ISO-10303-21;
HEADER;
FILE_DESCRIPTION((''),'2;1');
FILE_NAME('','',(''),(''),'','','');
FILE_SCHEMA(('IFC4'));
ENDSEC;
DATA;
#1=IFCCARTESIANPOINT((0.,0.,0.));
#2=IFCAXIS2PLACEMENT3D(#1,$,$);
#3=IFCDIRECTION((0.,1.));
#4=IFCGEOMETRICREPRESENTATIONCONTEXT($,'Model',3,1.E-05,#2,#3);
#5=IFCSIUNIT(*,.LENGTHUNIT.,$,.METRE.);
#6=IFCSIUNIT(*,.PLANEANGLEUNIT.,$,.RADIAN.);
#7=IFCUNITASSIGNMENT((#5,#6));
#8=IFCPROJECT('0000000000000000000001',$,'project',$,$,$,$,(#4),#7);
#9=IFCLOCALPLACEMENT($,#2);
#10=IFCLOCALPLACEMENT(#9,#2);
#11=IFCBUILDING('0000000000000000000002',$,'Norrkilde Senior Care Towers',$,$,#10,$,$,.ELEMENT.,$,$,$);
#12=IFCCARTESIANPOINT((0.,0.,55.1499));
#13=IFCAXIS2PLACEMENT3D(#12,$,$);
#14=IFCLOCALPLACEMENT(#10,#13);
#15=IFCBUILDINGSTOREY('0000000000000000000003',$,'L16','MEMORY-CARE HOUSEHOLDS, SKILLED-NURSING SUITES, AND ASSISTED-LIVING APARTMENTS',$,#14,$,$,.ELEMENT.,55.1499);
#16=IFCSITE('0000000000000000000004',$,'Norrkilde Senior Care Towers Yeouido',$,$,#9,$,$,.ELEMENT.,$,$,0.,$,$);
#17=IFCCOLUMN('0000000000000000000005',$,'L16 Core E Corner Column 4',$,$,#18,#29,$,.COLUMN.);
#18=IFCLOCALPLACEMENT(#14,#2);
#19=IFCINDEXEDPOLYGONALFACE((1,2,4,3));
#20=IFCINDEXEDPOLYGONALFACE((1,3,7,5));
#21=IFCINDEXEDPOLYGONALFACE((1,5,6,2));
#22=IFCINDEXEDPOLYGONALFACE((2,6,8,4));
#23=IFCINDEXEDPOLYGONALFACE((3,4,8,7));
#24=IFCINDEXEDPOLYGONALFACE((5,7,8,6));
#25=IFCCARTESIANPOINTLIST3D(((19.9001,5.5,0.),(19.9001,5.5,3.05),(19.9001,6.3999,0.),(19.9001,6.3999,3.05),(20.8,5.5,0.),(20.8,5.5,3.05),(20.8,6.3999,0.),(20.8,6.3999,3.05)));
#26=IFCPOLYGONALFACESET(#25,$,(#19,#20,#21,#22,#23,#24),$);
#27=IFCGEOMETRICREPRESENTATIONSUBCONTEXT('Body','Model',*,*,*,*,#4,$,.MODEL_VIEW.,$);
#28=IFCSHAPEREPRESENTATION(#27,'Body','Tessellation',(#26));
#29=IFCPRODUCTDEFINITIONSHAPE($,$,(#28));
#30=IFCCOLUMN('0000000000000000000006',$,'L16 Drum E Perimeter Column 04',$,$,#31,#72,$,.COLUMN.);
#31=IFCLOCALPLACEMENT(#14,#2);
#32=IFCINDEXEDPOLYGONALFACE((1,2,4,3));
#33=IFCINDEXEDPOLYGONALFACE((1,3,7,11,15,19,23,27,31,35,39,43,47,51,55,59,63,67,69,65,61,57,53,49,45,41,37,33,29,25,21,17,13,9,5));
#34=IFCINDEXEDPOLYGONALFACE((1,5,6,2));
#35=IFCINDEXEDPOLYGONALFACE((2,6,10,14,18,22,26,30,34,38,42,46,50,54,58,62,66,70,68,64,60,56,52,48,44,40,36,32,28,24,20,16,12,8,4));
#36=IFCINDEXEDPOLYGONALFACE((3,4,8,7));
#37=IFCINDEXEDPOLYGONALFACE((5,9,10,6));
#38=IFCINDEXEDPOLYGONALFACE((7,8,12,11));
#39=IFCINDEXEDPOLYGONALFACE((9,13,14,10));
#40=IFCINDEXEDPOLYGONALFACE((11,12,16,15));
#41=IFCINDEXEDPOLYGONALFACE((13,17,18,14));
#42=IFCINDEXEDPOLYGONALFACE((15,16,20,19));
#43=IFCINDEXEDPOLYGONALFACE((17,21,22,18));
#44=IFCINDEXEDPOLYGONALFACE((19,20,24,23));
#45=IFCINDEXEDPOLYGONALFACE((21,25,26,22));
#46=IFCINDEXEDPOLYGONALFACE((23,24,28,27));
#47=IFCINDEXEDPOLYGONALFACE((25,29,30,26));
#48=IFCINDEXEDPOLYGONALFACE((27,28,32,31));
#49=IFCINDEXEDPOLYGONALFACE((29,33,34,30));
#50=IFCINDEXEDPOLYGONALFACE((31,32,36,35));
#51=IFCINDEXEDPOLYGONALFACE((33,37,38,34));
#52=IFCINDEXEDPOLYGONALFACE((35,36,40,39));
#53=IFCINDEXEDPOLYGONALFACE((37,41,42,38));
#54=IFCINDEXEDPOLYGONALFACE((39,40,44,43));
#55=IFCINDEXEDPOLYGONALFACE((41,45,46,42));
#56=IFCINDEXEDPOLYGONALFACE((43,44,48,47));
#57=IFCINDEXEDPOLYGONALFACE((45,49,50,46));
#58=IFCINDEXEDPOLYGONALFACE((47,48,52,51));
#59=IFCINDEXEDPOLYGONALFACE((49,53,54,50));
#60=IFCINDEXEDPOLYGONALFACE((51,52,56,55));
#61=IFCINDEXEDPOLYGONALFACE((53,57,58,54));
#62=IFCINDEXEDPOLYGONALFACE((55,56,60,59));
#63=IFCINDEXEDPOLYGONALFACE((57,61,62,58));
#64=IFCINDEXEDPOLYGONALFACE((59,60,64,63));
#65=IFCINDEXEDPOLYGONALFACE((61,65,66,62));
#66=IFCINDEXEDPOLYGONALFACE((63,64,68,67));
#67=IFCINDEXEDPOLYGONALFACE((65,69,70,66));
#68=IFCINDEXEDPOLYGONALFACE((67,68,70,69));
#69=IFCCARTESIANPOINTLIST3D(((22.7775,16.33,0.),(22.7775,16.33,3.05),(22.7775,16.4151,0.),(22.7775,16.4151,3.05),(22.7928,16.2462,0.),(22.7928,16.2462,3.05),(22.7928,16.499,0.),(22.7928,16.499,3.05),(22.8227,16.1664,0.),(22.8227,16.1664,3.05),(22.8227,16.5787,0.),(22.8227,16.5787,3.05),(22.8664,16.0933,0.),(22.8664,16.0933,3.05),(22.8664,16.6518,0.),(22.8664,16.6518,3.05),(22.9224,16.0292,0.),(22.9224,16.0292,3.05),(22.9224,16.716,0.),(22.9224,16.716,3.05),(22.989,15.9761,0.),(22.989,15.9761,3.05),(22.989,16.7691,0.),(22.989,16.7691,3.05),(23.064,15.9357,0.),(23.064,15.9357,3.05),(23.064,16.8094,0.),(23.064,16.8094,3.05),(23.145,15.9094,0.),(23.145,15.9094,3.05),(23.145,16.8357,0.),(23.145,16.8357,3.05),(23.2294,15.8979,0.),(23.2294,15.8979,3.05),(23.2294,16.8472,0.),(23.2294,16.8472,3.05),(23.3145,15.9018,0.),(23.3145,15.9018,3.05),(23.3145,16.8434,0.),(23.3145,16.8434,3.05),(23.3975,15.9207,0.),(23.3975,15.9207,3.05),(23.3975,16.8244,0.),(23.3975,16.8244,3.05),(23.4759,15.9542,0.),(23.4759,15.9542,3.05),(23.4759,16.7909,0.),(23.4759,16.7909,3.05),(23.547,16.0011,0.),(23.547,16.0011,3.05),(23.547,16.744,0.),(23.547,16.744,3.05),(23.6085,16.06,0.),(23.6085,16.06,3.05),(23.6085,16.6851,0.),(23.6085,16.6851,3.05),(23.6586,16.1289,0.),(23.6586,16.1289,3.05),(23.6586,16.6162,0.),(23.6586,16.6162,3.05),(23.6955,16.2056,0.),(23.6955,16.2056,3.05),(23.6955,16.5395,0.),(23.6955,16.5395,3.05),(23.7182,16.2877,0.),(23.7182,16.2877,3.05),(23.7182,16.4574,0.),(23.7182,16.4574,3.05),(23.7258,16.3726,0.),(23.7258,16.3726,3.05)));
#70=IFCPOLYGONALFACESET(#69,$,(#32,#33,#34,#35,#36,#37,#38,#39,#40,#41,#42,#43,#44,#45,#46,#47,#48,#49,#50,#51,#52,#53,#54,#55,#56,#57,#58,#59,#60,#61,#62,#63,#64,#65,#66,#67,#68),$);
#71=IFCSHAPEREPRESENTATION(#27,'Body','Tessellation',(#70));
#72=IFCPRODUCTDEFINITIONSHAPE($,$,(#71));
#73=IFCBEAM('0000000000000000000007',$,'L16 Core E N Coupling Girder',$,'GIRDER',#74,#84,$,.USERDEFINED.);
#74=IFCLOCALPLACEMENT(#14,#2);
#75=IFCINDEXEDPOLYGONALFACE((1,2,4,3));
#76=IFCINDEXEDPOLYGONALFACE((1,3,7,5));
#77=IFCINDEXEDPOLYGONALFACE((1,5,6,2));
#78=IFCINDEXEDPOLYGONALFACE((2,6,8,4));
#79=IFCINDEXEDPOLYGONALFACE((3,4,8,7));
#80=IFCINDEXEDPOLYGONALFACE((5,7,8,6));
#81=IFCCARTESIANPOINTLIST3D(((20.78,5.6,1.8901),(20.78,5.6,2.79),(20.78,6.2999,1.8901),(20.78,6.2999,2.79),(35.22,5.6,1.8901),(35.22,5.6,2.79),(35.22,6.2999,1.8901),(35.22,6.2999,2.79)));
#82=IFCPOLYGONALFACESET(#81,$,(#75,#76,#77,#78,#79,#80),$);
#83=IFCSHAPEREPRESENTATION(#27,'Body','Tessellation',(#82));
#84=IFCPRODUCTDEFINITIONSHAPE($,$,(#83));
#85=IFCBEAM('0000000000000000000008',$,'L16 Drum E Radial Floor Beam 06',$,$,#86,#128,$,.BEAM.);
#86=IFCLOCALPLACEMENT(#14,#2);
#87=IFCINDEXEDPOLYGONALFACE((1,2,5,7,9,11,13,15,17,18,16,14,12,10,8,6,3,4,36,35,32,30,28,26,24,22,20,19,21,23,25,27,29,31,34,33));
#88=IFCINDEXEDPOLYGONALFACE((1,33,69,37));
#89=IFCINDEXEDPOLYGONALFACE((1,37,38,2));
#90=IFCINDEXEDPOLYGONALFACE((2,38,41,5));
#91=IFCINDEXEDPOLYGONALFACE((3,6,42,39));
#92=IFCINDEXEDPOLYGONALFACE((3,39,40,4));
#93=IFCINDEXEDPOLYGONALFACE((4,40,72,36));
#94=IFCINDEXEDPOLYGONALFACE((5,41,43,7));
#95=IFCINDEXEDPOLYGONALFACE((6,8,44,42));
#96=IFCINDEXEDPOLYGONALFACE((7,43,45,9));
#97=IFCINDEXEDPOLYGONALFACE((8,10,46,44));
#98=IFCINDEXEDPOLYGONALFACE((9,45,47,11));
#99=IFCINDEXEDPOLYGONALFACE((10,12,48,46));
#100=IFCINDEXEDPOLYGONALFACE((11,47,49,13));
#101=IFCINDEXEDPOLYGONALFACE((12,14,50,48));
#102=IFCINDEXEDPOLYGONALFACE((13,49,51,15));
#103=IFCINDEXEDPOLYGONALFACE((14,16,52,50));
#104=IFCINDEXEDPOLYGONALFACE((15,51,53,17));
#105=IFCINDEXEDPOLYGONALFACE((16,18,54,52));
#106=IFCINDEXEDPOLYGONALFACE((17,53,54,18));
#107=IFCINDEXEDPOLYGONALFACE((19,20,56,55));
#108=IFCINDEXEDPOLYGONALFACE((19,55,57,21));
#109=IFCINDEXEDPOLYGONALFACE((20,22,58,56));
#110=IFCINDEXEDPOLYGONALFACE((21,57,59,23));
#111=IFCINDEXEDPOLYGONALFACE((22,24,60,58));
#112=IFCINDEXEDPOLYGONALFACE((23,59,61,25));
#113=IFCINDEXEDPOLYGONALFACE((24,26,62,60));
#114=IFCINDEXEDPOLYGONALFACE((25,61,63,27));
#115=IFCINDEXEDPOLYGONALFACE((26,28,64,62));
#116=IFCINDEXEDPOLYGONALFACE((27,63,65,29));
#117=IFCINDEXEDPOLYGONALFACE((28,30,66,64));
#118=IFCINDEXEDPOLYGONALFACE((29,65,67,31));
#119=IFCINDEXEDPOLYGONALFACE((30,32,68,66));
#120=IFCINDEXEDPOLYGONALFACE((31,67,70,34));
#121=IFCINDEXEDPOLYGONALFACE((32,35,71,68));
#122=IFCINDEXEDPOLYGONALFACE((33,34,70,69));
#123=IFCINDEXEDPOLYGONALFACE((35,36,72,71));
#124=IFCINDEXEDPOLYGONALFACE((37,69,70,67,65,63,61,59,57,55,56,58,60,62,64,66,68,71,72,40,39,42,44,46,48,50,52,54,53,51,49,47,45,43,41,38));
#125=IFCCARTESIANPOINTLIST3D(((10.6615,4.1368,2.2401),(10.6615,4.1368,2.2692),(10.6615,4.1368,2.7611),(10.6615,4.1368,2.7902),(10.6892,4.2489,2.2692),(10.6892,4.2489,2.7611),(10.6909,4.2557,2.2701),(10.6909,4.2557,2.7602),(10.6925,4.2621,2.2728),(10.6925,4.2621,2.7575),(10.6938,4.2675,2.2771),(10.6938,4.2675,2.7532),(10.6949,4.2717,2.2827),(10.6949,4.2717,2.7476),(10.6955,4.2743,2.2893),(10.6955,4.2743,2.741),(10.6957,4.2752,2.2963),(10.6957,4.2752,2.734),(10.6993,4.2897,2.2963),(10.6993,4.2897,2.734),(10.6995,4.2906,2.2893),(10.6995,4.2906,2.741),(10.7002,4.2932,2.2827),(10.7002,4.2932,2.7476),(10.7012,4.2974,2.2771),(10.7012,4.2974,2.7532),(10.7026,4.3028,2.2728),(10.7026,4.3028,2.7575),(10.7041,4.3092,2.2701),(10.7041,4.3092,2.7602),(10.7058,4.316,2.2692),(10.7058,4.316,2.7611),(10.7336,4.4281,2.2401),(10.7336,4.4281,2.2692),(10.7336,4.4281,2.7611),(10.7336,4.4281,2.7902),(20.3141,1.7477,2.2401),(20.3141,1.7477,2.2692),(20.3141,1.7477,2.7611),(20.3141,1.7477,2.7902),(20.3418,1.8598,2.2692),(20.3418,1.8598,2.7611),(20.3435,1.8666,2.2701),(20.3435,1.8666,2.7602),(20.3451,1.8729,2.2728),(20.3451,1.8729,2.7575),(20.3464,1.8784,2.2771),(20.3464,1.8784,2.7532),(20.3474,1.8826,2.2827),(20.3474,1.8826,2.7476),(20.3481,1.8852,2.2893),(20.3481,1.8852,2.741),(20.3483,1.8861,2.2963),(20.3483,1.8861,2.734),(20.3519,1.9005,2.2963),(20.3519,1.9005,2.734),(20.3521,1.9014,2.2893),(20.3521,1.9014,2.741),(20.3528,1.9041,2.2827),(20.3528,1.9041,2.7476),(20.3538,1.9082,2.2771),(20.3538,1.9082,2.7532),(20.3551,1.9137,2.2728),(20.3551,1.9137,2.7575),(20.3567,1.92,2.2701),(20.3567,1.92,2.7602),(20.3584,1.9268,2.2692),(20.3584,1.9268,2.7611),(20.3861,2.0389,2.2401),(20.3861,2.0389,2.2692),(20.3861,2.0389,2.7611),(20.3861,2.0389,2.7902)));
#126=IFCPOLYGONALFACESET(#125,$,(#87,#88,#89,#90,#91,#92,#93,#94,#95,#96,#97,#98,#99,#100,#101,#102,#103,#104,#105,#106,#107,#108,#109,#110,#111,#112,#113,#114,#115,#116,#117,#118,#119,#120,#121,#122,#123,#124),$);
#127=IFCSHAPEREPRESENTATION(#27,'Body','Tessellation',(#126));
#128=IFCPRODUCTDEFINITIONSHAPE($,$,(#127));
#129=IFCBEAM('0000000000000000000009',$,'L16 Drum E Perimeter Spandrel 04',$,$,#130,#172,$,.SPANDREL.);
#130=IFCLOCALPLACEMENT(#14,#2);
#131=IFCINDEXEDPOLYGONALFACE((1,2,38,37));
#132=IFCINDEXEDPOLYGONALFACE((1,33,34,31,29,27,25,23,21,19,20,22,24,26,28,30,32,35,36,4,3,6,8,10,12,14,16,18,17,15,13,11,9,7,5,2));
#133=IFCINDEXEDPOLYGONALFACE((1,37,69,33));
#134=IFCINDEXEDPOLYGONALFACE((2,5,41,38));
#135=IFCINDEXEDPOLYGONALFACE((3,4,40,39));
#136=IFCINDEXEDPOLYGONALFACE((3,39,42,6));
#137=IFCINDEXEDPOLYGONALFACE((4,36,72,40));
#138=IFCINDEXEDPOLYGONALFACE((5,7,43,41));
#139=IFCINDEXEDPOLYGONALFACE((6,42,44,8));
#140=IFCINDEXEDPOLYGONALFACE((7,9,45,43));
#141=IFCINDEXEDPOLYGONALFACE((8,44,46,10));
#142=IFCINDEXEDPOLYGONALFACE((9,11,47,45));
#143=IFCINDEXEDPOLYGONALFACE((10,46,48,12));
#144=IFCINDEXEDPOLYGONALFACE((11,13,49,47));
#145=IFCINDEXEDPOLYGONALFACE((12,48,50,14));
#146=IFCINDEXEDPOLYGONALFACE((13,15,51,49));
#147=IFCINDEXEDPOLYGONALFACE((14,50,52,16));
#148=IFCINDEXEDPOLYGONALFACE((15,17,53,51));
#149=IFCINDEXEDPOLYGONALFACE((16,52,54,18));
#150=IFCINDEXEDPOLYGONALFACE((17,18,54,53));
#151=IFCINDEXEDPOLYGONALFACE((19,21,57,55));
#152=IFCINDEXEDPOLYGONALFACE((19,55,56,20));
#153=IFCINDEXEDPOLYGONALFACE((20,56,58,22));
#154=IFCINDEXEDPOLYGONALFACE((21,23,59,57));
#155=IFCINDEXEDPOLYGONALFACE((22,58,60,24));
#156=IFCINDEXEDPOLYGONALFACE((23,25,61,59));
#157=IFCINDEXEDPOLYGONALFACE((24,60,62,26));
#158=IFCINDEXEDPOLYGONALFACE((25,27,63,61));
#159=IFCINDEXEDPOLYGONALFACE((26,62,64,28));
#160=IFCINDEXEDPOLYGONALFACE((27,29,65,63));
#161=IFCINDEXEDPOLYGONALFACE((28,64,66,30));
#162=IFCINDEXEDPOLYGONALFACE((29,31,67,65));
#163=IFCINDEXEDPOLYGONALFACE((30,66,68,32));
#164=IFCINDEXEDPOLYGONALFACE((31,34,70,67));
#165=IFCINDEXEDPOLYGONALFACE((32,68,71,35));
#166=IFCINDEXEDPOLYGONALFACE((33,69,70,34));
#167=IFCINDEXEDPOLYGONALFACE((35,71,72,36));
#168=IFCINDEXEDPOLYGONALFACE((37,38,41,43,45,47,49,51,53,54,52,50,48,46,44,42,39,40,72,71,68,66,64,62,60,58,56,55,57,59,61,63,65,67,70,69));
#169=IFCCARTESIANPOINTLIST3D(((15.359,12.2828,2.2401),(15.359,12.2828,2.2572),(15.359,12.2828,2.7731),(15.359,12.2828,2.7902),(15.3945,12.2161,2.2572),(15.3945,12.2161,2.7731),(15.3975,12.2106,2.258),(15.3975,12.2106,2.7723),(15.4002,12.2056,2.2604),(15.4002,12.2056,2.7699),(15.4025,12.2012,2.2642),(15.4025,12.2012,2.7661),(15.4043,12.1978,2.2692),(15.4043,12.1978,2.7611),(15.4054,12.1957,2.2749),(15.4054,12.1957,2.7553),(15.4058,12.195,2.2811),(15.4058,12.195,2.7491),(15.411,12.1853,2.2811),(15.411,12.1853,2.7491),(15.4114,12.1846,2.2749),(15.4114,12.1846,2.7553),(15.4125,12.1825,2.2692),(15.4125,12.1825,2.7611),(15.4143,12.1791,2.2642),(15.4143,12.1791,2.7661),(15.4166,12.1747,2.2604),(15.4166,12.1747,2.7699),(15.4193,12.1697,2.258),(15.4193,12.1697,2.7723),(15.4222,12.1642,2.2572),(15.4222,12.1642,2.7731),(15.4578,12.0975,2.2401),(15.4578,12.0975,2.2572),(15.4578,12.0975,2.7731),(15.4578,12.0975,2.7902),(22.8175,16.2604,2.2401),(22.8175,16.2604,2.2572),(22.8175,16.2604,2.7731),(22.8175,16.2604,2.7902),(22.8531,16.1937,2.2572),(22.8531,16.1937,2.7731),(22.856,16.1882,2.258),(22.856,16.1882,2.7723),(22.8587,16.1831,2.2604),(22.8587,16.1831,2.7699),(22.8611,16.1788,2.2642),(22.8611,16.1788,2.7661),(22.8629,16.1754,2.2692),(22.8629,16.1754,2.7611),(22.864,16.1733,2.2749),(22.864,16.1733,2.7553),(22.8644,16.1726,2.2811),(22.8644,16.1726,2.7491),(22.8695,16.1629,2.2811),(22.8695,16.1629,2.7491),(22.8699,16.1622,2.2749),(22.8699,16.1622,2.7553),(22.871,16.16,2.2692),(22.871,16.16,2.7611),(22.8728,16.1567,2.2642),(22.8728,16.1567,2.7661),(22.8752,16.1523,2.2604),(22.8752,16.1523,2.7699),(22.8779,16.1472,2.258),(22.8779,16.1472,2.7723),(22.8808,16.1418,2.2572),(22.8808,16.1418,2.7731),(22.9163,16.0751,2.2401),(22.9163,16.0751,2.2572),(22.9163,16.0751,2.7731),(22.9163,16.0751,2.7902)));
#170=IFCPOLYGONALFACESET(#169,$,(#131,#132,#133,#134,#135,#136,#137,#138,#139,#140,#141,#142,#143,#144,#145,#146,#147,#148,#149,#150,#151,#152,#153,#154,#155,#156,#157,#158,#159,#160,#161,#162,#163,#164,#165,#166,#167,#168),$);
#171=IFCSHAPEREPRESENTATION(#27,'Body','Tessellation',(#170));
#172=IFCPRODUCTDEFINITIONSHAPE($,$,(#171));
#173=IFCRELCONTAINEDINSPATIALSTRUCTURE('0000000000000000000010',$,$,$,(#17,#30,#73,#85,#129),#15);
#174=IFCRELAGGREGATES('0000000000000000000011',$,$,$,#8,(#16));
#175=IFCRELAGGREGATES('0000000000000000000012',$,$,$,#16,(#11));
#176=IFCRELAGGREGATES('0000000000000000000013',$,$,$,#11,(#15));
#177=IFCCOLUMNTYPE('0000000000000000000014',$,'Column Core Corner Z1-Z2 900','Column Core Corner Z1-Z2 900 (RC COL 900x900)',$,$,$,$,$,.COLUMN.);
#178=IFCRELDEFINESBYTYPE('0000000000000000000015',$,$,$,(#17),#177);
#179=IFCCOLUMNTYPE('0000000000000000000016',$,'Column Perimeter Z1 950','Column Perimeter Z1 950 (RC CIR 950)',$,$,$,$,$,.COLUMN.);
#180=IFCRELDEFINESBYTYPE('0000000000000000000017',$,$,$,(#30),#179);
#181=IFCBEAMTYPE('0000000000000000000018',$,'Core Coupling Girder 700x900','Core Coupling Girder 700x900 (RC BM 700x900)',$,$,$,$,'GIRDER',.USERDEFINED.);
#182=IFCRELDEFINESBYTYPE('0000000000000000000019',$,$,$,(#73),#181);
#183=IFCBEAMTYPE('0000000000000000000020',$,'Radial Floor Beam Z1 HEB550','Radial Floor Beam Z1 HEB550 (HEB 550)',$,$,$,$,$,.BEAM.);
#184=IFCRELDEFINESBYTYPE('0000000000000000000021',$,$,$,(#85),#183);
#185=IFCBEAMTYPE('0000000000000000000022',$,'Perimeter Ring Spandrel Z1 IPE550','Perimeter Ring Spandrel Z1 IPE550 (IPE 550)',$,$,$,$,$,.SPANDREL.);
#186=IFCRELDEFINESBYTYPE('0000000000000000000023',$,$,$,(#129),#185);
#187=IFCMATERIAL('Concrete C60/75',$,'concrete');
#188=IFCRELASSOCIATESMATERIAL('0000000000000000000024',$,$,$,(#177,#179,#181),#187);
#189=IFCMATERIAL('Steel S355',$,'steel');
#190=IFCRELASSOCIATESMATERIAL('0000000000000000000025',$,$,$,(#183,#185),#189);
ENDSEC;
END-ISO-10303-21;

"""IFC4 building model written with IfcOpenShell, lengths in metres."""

from ifc_helpers import new_model, si_unit, direction, frame, origin, origin_2d, place, context, subcontext, project, spatial, rectangle, circle, i_section, extrude, source, transform, mapped, material, material_profile, profile_set, type_object, type_shapes, element, save


model = new_model("IFC4")

# Units and contexts
model_context = context("Model", 3, precision=1e-05, world=origin(), true_north=direction((0.0, 1.0)))
body_context = subcontext(model_context, "Body", "Model", "MODEL_VIEW")
ifc_project = project(units=[si_unit("LENGTHUNIT", "METRE"), si_unit("PLANEANGLEUNIT", "RADIAN")], contexts=[model_context])

# Site, building, storey
site_placement = place(None, origin())
site = spatial("IfcSite", under=ifc_project, at=site_placement, Name="Norrkilde Senior Care Towers Yeouido", CompositionType="ELEMENT", RefElevation=0.0)
building_placement = place(site_placement, origin())
building = spatial("IfcBuilding", under=site, at=building_placement, Name="Norrkilde Senior Care Towers", CompositionType="ELEMENT")
storey_placement = place(building_placement, frame((0.0, 0.0, 55.1499)))
storey = spatial("IfcBuildingStorey", under=building, at=storey_placement, Name="L16", Description="MEMORY-CARE HOUSEHOLDS, SKILLED-NURSING SUITES, AND ASSISTED-LIVING APARTMENTS", CompositionType="ELEMENT", Elevation=55.1499)

# Columns
ifc_material_1 = material(Name="Concrete C60/75", Category="concrete")
ifc_material_profile_1 = material_profile(ifc_material_1, rectangle(XDim=0.8999, YDim=0.8999, at=origin_2d()), Name="RC COL 900x900")
ifc_profile_set_1 = profile_set([ifc_material_profile_1], Name="Concrete C60/75")
column_type_1 = type_object("IfcColumnType", Name="Column Core Corner Z1-Z2 900", Description="Column Core Corner Z1-Z2 900 (RC COL 900x900)", PredefinedType="COLUMN", material=ifc_profile_set_1)
shared_shape_1 = source(origin(), body_context, "Body", "SweptSolid", [
    extrude(rectangle(XDim=0.8999, YDim=0.8999, at=origin_2d()), origin(), (0.0, 0.0, 1.0), 3.05),
])
type_shapes(column_type_1, [shared_shape_1])
column_1_placement = place(storey_placement, frame((20.3501, 5.95, 0.0), z_axis=(0.0, 0.0, 1.0), x_axis=(1.0, 0.0, 0.0)))
element("IfcColumn", 1, at=column_1_placement, inside=storey, type_object=column_type_1, Name="L16 Core E Corner Column 4", PredefinedType="COLUMN", context=body_context, shape_type="MappedRepresentation", body=[
    mapped(shared_shape_1, transform((0.0, 0.0, 0.0), x_axis=(1.0, 0.0, 0.0), y_axis=(0.0, 1.0, 0.0), z_axis=(0.0, 0.0, 1.0), scale=1.0)),
])
ifc_material_profile_2 = material_profile(ifc_material_1, circle(Radius=0.4751, at=origin_2d()), Name="RC CIR 950")
ifc_profile_set_2 = profile_set([ifc_material_profile_2], Name="Concrete C60/75")
column_type_2 = type_object("IfcColumnType", Name="Column Perimeter Z1 950", Description="Column Perimeter Z1 950 (RC CIR 950)", PredefinedType="COLUMN", material=ifc_profile_set_2)
shared_shape_2 = source(origin(), body_context, "Body", "SweptSolid", [
    extrude(circle(Radius=0.4751, at=origin_2d()), origin(), (0.0, 0.0, 1.0), 3.05),
])
type_shapes(column_type_2, [shared_shape_2])
column_2_placement = place(storey_placement, frame((23.2507, 16.3726, 0.0), z_axis=(0.0, 0.0, 1.0), x_axis=(1.0, 0.0, 0.0)))
element("IfcColumn", 2, at=column_2_placement, inside=storey, type_object=column_type_2, Name="L16 Drum E Perimeter Column 04", PredefinedType="COLUMN", context=body_context, shape_type="MappedRepresentation", body=[
    mapped(shared_shape_2, transform((0.0, 0.0, 0.0), x_axis=(1.0, 0.0, 0.0), y_axis=(0.0, 1.0, 0.0), z_axis=(0.0, 0.0, 1.0), scale=1.0)),
])

# Beams
ifc_material_profile_3 = material_profile(ifc_material_1, rectangle(XDim=0.7, YDim=0.8999, at=origin_2d()), Name="RC BM 700x900")
ifc_profile_set_3 = profile_set([ifc_material_profile_3], Name="Concrete C60/75")
beam_type_1 = type_object("IfcBeamType", Name="Core Coupling Girder 700x900", Description="Core Coupling Girder 700x900 (RC BM 700x900)", ElementType="GIRDER", PredefinedType="USERDEFINED", material=ifc_profile_set_3)
shared_shape_3 = source(origin(), body_context, "Body", "SweptSolid", [
    extrude(rectangle(XDim=0.7, YDim=0.8999, at=origin_2d()), origin(), (0.0, 0.0, 1.0), 14.4399),
])
type_shapes(beam_type_1, [shared_shape_3])
beam_1_placement = place(storey_placement, frame((20.78, 5.95, 2.3401), z_axis=(1.0, 0.0, 0.0), x_axis=(0.0, 1.0, 0.0)))
element("IfcBeam", 3, at=beam_1_placement, inside=storey, type_object=beam_type_1, Name="L16 Core E N Coupling Girder", ObjectType="GIRDER", PredefinedType="USERDEFINED", context=body_context, shape_type="MappedRepresentation", body=[
    mapped(shared_shape_3, transform((0.0, 0.0, 0.0), x_axis=(1.0, 0.0, 0.0), y_axis=(0.0, 1.0, 0.0), z_axis=(0.0, 0.0, 1.0), scale=1.0)),
])
ifc_material_2 = material(Name="Steel S355", Category="steel")
ifc_material_profile_4 = material_profile(ifc_material_2, i_section(OverallWidth=0.3, OverallDepth=0.55, WebThickness=0.0149, FlangeThickness=0.0291, FilletRadius=0.0271, at=origin_2d()), Name="HEB 550")
ifc_profile_set_4 = profile_set([ifc_material_profile_4], Name="Steel S355")
beam_type_2 = type_object("IfcBeamType", Name="Radial Floor Beam Z1 HEB550", Description="Radial Floor Beam Z1 HEB550 (HEB 550)", PredefinedType="BEAM", material=ifc_profile_set_4)
shared_shape_4 = source(origin(), body_context, "Body", "SweptSolid", [
    extrude(i_section(OverallWidth=0.3, OverallDepth=0.55, WebThickness=0.0149, FlangeThickness=0.0291, FilletRadius=0.0271, at=origin_2d()), origin(), (0.0, 0.0, 1.0), 9.9438),
])
beam_2_placement = place(storey_placement, frame((20.3501, 1.8933, 2.5151), z_axis=(-0.970707, 0.240265, 0.0), x_axis=(-0.240265, -0.970707, 0.0)))
element("IfcBeam", 4, at=beam_2_placement, inside=storey, type_object=beam_type_2, Name="L16 Drum E Radial Floor Beam 06", PredefinedType="BEAM", context=body_context, shape_type="MappedRepresentation", body=[
    mapped(shared_shape_4, transform((0.0, 0.0, 0.0), x_axis=(1.0, 0.0, 0.0), y_axis=(0.0, 1.0, 0.0), z_axis=(0.0, 0.0, 1.0), scale=1.0)),
])
ifc_material_profile_5 = material_profile(ifc_material_2, i_section(OverallWidth=0.21, OverallDepth=0.55, WebThickness=0.011, FlangeThickness=0.0171, FilletRadius=0.0239, at=origin_2d()), Name="IPE 550")
ifc_profile_set_5 = profile_set([ifc_material_profile_5], Name="Steel S355")
beam_type_3 = type_object("IfcBeamType", Name="Perimeter Ring Spandrel Z1 IPE550", Description="Perimeter Ring Spandrel Z1 IPE550 (IPE 550)", PredefinedType="SPANDREL", material=ifc_profile_set_5)
shared_shape_5 = source(origin(), body_context, "Body", "SweptSolid", [
    extrude(i_section(OverallWidth=0.21, OverallDepth=0.55, WebThickness=0.011, FlangeThickness=0.0171, FilletRadius=0.0239, at=origin_2d()), origin(), (0.0, 0.0, 1.0), 8.4529),
])
type_shapes(beam_type_3, [shared_shape_5])
beam_3_placement = place(storey_placement, frame((22.8669, 16.1677, 2.5151), z_axis=(-0.882369, -0.470558, 0.0), x_axis=(0.470558, -0.882369, 0.0)))
element("IfcBeam", 5, at=beam_3_placement, inside=storey, type_object=beam_type_3, Name="L16 Drum E Perimeter Spandrel 04", PredefinedType="SPANDREL", context=body_context, shape_type="MappedRepresentation", body=[
    mapped(shared_shape_5, transform((0.0, 0.0, 0.0), x_axis=(1.0, 0.0, 0.0), y_axis=(0.0, 1.0, 0.0), z_axis=(0.0, 0.0, 1.0), scale=1.0)),
])

save(model, "model.ifc")
